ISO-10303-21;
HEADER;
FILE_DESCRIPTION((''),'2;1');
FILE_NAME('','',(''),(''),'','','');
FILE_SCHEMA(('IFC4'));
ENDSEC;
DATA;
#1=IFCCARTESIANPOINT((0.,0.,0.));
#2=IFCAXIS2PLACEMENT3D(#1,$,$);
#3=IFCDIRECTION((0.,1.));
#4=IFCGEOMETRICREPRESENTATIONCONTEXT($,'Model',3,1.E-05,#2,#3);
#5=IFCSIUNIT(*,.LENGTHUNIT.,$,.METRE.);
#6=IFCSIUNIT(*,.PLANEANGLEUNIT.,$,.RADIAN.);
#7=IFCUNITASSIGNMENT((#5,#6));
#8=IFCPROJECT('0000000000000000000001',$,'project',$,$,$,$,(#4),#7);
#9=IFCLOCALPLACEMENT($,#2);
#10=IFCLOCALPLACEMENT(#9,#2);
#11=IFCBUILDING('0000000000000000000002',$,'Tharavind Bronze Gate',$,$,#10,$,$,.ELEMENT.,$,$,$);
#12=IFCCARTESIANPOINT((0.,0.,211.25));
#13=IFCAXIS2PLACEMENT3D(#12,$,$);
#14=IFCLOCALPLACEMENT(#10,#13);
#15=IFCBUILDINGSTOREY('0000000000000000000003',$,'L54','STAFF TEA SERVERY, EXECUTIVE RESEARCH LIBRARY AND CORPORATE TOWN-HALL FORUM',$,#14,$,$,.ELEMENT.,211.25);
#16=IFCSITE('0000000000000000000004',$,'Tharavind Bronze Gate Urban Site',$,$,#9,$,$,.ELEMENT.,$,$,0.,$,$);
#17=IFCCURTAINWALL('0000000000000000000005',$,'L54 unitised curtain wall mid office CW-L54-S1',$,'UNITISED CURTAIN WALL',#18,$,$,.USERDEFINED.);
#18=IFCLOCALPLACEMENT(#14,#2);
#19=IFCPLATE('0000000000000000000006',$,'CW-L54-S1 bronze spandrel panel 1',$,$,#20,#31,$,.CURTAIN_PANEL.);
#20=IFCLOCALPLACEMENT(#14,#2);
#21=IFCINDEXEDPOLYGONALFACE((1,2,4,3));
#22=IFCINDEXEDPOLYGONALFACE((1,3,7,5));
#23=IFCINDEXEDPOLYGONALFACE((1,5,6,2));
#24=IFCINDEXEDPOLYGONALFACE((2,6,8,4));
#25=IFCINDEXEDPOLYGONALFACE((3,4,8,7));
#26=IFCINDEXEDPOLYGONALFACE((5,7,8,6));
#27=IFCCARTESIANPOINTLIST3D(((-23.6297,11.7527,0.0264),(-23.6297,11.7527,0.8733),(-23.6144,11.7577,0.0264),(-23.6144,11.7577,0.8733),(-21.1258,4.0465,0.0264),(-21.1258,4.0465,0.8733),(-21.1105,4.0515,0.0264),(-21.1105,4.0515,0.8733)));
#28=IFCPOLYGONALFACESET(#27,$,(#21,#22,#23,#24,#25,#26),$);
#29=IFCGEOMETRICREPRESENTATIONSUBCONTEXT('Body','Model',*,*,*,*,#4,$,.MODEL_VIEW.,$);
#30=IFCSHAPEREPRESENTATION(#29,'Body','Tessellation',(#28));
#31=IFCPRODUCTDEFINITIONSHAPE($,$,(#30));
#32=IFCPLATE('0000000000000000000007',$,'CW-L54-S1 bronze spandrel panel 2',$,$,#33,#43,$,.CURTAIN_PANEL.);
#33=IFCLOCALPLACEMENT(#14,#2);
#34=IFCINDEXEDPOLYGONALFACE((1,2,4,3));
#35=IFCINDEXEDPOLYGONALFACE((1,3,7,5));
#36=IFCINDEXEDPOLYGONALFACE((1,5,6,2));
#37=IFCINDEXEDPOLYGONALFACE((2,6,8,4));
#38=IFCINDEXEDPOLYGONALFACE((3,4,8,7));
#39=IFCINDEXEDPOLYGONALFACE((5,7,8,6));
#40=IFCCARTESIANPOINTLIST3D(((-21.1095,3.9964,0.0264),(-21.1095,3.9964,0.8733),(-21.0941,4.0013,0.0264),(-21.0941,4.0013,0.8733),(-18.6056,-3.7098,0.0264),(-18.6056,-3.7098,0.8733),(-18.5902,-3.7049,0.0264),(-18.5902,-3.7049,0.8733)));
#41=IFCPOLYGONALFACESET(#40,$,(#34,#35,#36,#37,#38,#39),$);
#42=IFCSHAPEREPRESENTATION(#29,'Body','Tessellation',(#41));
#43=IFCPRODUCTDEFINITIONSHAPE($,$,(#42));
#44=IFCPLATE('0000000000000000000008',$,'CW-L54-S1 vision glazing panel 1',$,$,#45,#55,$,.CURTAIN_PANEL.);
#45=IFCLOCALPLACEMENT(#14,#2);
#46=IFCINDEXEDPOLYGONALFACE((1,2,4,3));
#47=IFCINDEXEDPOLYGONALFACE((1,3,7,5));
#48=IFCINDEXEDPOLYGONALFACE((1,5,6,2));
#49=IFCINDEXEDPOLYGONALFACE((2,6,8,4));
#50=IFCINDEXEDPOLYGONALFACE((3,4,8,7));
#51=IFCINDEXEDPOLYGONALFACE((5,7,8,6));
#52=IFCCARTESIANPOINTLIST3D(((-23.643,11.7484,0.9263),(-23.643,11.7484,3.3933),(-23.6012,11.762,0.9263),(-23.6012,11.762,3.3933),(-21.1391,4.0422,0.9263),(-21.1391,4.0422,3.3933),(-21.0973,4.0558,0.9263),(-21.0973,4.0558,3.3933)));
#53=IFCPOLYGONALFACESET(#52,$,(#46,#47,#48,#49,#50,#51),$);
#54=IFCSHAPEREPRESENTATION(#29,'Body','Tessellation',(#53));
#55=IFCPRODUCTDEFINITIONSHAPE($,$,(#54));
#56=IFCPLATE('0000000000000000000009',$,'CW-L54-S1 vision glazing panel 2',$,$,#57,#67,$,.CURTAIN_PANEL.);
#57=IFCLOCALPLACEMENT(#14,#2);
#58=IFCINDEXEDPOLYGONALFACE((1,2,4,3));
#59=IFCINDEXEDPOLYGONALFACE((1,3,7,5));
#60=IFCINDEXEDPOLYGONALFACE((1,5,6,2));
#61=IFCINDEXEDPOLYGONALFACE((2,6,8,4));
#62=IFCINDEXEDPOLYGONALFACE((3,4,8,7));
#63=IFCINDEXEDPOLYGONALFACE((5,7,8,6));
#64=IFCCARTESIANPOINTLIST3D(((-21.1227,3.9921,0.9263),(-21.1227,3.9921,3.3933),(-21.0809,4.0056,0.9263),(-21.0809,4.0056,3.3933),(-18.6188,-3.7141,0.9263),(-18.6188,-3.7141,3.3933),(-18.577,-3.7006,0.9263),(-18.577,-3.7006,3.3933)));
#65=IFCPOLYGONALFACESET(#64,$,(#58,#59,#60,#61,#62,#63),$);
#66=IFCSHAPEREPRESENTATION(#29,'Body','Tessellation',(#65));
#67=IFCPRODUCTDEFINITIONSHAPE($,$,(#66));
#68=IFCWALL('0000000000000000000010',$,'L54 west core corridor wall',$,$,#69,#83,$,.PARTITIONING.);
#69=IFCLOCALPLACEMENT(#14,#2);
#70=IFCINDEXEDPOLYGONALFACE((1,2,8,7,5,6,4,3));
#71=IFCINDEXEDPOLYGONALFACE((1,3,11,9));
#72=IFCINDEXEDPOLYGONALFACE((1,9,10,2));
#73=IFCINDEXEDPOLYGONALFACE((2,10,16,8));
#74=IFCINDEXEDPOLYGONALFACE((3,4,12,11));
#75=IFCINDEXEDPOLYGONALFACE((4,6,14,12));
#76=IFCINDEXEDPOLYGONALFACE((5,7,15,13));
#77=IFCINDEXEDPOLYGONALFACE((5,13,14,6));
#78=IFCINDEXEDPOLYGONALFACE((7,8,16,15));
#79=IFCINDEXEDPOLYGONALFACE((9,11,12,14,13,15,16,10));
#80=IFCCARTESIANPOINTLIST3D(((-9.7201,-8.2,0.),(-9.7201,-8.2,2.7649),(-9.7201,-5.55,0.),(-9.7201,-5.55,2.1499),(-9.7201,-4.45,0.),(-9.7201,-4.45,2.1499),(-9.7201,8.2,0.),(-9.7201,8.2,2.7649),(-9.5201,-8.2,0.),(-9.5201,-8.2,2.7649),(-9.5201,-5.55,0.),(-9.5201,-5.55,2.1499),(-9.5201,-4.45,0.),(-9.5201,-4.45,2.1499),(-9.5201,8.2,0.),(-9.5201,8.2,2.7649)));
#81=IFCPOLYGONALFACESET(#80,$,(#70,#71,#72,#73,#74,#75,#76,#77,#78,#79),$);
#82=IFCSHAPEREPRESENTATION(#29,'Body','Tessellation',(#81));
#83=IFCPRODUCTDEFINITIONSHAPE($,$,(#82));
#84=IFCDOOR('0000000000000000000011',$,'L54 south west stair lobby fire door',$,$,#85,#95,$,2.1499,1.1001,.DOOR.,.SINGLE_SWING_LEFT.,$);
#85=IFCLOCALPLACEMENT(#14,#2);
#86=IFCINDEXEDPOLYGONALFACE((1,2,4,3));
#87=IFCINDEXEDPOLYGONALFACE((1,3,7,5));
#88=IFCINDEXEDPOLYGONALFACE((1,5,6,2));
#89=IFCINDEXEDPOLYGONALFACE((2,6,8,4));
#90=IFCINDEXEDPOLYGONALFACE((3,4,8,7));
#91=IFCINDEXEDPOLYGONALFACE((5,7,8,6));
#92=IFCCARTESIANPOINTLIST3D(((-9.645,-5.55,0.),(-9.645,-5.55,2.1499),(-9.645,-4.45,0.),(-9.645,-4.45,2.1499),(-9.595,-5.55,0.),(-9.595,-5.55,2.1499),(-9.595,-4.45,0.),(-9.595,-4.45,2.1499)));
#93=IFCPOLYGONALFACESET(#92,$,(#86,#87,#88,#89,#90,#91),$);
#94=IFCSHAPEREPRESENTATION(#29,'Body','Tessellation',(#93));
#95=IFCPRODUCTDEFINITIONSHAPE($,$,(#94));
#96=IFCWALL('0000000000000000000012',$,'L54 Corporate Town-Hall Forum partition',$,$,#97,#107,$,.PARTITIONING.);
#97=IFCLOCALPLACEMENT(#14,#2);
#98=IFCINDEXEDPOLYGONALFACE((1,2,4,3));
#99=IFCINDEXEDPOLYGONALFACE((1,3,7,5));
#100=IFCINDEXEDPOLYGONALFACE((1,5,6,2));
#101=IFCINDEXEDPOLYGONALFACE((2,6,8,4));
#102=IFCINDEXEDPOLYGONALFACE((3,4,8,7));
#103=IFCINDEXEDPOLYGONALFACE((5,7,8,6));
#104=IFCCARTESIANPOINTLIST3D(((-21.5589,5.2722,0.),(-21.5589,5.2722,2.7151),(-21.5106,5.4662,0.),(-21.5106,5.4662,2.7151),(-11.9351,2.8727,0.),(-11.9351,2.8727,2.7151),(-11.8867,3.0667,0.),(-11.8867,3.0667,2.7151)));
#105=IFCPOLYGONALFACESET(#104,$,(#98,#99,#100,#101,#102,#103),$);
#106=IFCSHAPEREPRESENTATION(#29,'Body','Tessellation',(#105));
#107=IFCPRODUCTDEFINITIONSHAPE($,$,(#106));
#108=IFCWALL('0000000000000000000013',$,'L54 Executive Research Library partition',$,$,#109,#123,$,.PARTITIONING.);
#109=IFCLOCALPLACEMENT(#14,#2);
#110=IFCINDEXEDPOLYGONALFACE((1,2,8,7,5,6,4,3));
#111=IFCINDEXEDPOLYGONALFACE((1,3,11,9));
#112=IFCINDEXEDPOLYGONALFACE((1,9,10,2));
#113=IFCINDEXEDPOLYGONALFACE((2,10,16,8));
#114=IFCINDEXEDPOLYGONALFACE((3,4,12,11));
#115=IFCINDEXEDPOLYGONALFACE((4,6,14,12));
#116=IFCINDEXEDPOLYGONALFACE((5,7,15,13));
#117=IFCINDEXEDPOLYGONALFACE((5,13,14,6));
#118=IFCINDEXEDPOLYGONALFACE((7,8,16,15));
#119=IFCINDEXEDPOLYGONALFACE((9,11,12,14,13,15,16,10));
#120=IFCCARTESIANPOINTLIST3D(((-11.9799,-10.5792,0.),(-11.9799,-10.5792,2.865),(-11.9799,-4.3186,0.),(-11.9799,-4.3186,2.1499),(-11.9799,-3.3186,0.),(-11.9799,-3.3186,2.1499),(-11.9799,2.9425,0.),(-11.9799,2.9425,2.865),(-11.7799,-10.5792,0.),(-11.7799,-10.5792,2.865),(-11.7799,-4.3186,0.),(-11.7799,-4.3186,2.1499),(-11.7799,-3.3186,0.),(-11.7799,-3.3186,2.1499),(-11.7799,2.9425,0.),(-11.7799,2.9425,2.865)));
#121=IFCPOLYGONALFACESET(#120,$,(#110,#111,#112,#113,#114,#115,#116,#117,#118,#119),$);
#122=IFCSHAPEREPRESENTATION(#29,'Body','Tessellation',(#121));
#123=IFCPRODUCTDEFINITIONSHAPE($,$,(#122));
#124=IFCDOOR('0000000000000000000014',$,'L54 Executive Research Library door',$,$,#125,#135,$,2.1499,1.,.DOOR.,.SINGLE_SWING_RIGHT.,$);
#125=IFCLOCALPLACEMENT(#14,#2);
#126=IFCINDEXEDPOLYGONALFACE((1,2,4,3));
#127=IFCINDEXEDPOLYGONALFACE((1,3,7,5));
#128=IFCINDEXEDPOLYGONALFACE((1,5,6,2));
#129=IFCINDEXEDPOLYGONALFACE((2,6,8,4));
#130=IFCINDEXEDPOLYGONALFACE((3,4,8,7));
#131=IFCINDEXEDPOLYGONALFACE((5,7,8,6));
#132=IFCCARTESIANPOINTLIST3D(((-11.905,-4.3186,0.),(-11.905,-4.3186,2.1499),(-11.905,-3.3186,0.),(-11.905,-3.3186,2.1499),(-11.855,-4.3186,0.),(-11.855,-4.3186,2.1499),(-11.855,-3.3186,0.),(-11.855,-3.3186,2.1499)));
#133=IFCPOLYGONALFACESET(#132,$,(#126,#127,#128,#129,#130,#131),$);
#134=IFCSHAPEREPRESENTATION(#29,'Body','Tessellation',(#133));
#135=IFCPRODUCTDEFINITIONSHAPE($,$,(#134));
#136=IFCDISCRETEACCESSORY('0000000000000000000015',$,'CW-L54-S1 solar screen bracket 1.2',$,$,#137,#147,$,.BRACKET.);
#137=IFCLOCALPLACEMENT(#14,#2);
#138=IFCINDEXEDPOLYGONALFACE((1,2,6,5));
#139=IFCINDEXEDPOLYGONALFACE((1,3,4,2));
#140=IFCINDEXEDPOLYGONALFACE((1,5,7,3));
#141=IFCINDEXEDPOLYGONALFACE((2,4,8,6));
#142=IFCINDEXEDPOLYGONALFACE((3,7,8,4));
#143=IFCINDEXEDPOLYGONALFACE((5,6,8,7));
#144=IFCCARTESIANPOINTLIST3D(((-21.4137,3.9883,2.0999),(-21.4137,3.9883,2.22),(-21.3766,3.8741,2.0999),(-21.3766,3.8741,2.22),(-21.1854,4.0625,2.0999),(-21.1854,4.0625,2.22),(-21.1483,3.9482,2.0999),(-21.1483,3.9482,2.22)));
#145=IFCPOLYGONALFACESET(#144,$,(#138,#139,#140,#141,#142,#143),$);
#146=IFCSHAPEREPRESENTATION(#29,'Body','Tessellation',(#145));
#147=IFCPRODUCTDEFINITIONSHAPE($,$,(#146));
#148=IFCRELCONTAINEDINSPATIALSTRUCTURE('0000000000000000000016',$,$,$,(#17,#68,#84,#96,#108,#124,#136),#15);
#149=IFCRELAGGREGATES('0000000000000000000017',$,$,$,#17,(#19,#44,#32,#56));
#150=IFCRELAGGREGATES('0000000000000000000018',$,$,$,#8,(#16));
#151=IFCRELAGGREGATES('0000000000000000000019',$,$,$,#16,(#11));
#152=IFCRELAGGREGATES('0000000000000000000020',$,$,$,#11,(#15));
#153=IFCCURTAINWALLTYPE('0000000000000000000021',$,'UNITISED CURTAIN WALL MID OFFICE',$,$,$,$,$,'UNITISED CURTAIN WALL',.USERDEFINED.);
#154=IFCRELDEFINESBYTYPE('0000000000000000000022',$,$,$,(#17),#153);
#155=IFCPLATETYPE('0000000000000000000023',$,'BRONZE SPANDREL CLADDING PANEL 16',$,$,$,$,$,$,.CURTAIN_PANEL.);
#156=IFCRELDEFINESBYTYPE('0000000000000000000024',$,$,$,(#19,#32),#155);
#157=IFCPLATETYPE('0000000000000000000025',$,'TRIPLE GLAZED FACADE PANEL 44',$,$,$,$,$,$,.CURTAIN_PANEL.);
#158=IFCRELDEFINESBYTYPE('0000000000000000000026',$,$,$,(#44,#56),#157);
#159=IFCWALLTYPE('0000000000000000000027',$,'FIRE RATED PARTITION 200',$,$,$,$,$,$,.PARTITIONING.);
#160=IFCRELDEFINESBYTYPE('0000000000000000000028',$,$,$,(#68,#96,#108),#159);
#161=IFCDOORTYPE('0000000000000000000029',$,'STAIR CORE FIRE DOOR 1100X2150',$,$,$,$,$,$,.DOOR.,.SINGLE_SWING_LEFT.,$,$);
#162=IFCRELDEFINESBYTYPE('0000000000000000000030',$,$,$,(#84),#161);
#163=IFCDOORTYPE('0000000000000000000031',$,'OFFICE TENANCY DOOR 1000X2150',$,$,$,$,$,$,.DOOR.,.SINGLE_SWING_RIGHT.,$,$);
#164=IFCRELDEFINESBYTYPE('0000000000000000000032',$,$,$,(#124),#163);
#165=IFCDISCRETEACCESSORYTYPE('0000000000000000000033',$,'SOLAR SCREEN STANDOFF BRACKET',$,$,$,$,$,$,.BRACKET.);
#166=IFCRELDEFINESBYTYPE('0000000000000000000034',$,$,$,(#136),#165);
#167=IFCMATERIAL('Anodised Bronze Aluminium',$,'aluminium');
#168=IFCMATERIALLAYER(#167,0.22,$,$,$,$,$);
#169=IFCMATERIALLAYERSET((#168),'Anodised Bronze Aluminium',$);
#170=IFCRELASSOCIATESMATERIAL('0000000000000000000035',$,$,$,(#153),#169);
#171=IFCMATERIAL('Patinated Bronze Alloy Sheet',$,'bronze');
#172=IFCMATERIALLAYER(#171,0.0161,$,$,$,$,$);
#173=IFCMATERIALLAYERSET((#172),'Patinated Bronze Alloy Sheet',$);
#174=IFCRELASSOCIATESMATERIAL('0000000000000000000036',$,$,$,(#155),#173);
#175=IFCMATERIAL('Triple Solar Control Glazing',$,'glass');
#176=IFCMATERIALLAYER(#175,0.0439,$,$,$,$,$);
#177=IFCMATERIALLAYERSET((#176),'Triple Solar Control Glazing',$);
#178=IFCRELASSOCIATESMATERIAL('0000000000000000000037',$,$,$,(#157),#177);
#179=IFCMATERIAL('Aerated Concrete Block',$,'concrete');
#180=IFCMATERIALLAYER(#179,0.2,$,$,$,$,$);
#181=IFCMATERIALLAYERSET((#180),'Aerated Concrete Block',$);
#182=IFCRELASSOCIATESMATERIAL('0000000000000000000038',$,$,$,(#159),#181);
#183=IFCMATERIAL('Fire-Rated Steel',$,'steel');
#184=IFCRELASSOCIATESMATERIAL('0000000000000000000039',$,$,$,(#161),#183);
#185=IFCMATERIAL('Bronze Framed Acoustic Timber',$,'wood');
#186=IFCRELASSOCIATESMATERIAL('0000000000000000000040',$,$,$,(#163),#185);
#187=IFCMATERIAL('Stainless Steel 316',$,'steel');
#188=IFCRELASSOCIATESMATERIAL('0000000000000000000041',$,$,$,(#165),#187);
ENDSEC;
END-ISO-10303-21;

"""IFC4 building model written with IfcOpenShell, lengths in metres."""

from ifc_helpers import new_model, si_unit, direction, frame, frame_2d, origin, origin_2d, place, context, subcontext, project, spatial, rectangle, extrude, material, layer, layer_set, type_object, element, fill, aggregate, save


model = new_model("IFC4")

# Units and contexts
model_context = context("Model", 3, precision=1e-05, world=origin(), true_north=direction((0.0, 1.0)))
body_context = subcontext(model_context, "Body", "Model", "MODEL_VIEW")
ifc_project = project(units=[si_unit("LENGTHUNIT", "METRE"), si_unit("PLANEANGLEUNIT", "RADIAN")], contexts=[model_context])

# Site, building, storey
site_placement = place(None, origin())
site = spatial("IfcSite", under=ifc_project, at=site_placement, Name="Tharavind Bronze Gate Urban Site", CompositionType="ELEMENT", RefElevation=0.0)
building_placement = place(site_placement, origin())
building = spatial("IfcBuilding", under=site, at=building_placement, Name="Tharavind Bronze Gate", CompositionType="ELEMENT")
storey_placement = place(building_placement, frame((0.0, 0.0, 211.25)))
storey = spatial("IfcBuildingStorey", under=building, at=storey_placement, Name="L54", Description="STAFF TEA SERVERY, EXECUTIVE RESEARCH LIBRARY AND CORPORATE TOWN-HALL FORUM", CompositionType="ELEMENT", Elevation=211.25)

# Curtain wall
ifc_material_1 = material(Name="Anodised Bronze Aluminium", Category="aluminium")
ifc_layer_1 = layer(ifc_material_1, 0.22)
ifc_layer_set_1 = layer_set([ifc_layer_1], Name="Anodised Bronze Aluminium")
curtain_wall_type = type_object("IfcCurtainWallType", Name="UNITISED CURTAIN WALL MID OFFICE", ElementType="UNITISED CURTAIN WALL", PredefinedType="USERDEFINED", material=ifc_layer_set_1)
curtain_wall_placement = place(storey_placement, origin())
curtain_wall = element("IfcCurtainWall", 1, at=curtain_wall_placement, inside=storey, type_object=curtain_wall_type, Name="L54 unitised curtain wall mid office CW-L54-S1", ObjectType="UNITISED CURTAIN WALL", PredefinedType="USERDEFINED")

# Plates
ifc_material_2 = material(Name="Patinated Bronze Alloy Sheet", Category="bronze")
ifc_layer_2 = layer(ifc_material_2, 0.0161)
ifc_layer_set_2 = layer_set([ifc_layer_2], Name="Patinated Bronze Alloy Sheet")
plate_type_1 = type_object("IfcPlateType", Name="BRONZE SPANDREL CLADDING PANEL 16", PredefinedType="CURTAIN_PANEL", material=ifc_layer_set_2)
plate_1_placement = place(storey_placement, frame((-22.3701, 7.9021, 0.0264), z_axis=(0.0, 0.0, 1.0), x_axis=(0.309017, -0.951057, 0.0)))
plate_1 = element("IfcPlate", 2, at=plate_1_placement, type_object=plate_type_1, Name="CW-L54-S1 bronze spandrel panel 1", PredefinedType="CURTAIN_PANEL", context=body_context, shape_type="SweptSolid", body=[
    extrude(rectangle(XDim=8.1028, YDim=0.0161, at=origin_2d()), origin(), (0.0, 0.0, 1.0), 0.8469),
])
plate_2_placement = place(storey_placement, frame((-19.8499, 0.1458, 0.0264), z_axis=(0.0, 0.0, 1.0), x_axis=(0.309017, -0.951057, 0.0)))
plate_2 = element("IfcPlate", 3, at=plate_2_placement, type_object=plate_type_1, Name="CW-L54-S1 bronze spandrel panel 2", PredefinedType="CURTAIN_PANEL", context=body_context, shape_type="SweptSolid", body=[
    extrude(rectangle(XDim=8.1028, YDim=0.0161, at=origin_2d()), origin(), (0.0, 0.0, 1.0), 0.8469),
])
ifc_material_3 = material(Name="Triple Solar Control Glazing", Category="glass")
ifc_layer_3 = layer(ifc_material_3, 0.0439)
ifc_layer_set_3 = layer_set([ifc_layer_3], Name="Triple Solar Control Glazing")
plate_type_2 = type_object("IfcPlateType", Name="TRIPLE GLAZED FACADE PANEL 44", PredefinedType="CURTAIN_PANEL", material=ifc_layer_set_3)
plate_3_placement = place(storey_placement, frame((-22.3701, 7.9021, 0.9263), z_axis=(0.0, 0.0, 1.0), x_axis=(0.309017, -0.951057, 0.0)))
plate_3 = element("IfcPlate", 4, at=plate_3_placement, type_object=plate_type_2, Name="CW-L54-S1 vision glazing panel 1", PredefinedType="CURTAIN_PANEL", context=body_context, shape_type="SweptSolid", body=[
    extrude(rectangle(XDim=8.1028, YDim=0.0439, at=origin_2d()), origin(), (0.0, 0.0, 1.0), 2.467),
])
plate_4_placement = place(storey_placement, frame((-19.8499, 0.1458, 0.9263), z_axis=(0.0, 0.0, 1.0), x_axis=(0.309017, -0.951057, 0.0)))
plate_4 = element("IfcPlate", 5, at=plate_4_placement, type_object=plate_type_2, Name="CW-L54-S1 vision glazing panel 2", PredefinedType="CURTAIN_PANEL", context=body_context, shape_type="SweptSolid", body=[
    extrude(rectangle(XDim=8.1028, YDim=0.0439, at=origin_2d()), origin(), (0.0, 0.0, 1.0), 2.467),
])
aggregate(curtain_wall, [plate_1, plate_3, plate_2, plate_4])

# Wall, opening, door
ifc_material_4 = material(Name="Aerated Concrete Block", Category="concrete")
ifc_layer_4 = layer(ifc_material_4, 0.2)
ifc_layer_set_4 = layer_set([ifc_layer_4], Name="Aerated Concrete Block")
wall_type = type_object("IfcWallType", Name="FIRE RATED PARTITION 200", PredefinedType="PARTITIONING", material=ifc_layer_set_4)
wall_1_placement = place(storey_placement, frame((-9.6201, 8.2, 0.0), z_axis=(0.0, 0.0, 1.0), x_axis=(0.0, -1.0, 0.0)))
wall_1 = element("IfcWall", 6, at=wall_1_placement, inside=storey, type_object=wall_type, Name="L54 west core corridor wall", PredefinedType="PARTITIONING", context=body_context, shape_type="SweptSolid", body=[
    extrude(rectangle(XDim=16.3999, YDim=0.2, at=frame_2d((8.2, 0.0))), origin(), (0.0, 0.0, 1.0), 2.7649),
])
opening_1_placement = place(wall_1_placement, frame((12.6499, 0.0, 0.0)))
opening_1 = element("IfcOpeningElement", 7, at=opening_1_placement, cuts=wall_1, PredefinedType="OPENING", context=body_context, shape_type="SweptSolid", body=[
    extrude(rectangle(XDim=1.1001, YDim=2.1499, at=frame_2d((0.55, 1.075))), frame((0.0, 0.1101, 0.0), z_axis=(0.0, -1.0, 0.0), x_axis=(1.0, 0.0, 0.0)), (0.0, 0.0, 1.0), 0.22),
])
ifc_material_5 = material(Name="Fire-Rated Steel", Category="steel")
door_type_1 = type_object("IfcDoorType", Name="STAIR CORE FIRE DOOR 1100X2150", OperationType="SINGLE_SWING_LEFT", PredefinedType="DOOR", material=ifc_material_5)
door_1_placement = place(opening_1_placement, frame((1.1001, 0.0, 0.0), z_axis=(0.0, 0.0, 1.0), x_axis=(-1.0, 0.0, 0.0)))
door_1 = element("IfcDoor", 8, at=door_1_placement, inside=storey, type_object=door_type_1, Name="L54 south west stair lobby fire door", OperationType="SINGLE_SWING_LEFT", OverallHeight=2.1499, OverallWidth=1.1001, PredefinedType="DOOR", context=body_context, shape_type="SweptSolid", body=[
    extrude(rectangle(XDim=1.1001, YDim=2.1499, at=frame_2d((0.55, 1.075))), frame((0.0, 0.0249, 0.0), z_axis=(0.0, -1.0, 0.0), x_axis=(1.0, 0.0, 0.0)), (0.0, 0.0, 1.0), 0.05),
])
fill(opening_1, door_1)

# Wall
wall_2_placement = place(storey_placement, frame((-11.9109, 2.9697, 0.0), z_axis=(0.0, 0.0, 1.0), x_axis=(-0.970297, 0.241916, 0.0)))
element("IfcWall", 9, at=wall_2_placement, inside=storey, type_object=wall_type, Name="L54 Corporate Town-Hall Forum partition", PredefinedType="PARTITIONING", context=body_context, shape_type="SweptSolid", body=[
    extrude(rectangle(XDim=9.9185, YDim=0.2, at=frame_2d((4.9592, 0.0))), origin(), (0.0, 0.0, 1.0), 2.7151),
])

# Wall, opening, door
wall_3_placement = place(storey_placement, frame((-11.8799, 2.9424, 0.0), z_axis=(0.0, 0.0, 1.0), x_axis=(0.0, -1.0, 0.0)))
wall_3 = element("IfcWall", 10, at=wall_3_placement, inside=storey, type_object=wall_type, Name="L54 Executive Research Library partition", PredefinedType="PARTITIONING", context=body_context, shape_type="SweptSolid", body=[
    extrude(rectangle(XDim=13.5217, YDim=0.2, at=frame_2d((6.7607, 0.0))), origin(), (0.0, 0.0, 1.0), 2.865),
])
opening_2_placement = place(wall_3_placement, frame((6.261, 0.0, 0.0)))
opening_2 = element("IfcOpeningElement", 11, at=opening_2_placement, cuts=wall_3, PredefinedType="OPENING", context=body_context, shape_type="SweptSolid", body=[
    extrude(rectangle(XDim=1.0, YDim=2.1499, at=frame_2d((0.5, 1.075))), frame((0.0, 0.1101, 0.0), z_axis=(0.0, -1.0, 0.0), x_axis=(1.0, 0.0, 0.0)), (0.0, 0.0, 1.0), 0.22),
])
ifc_material_6 = material(Name="Bronze Framed Acoustic Timber", Category="wood")
door_type_2 = type_object("IfcDoorType", Name="OFFICE TENANCY DOOR 1000X2150", OperationType="SINGLE_SWING_RIGHT", PredefinedType="DOOR", material=ifc_material_6)
door_2_placement = place(opening_2_placement, origin())
door_2 = element("IfcDoor", 12, at=door_2_placement, inside=storey, type_object=door_type_2, Name="L54 Executive Research Library door", OperationType="SINGLE_SWING_RIGHT", OverallHeight=2.1499, OverallWidth=1.0, PredefinedType="DOOR", context=body_context, shape_type="SweptSolid", body=[
    extrude(rectangle(XDim=1.0, YDim=2.1499, at=frame_2d((0.5, 1.075))), frame((0.0, 0.0249, 0.0), z_axis=(0.0, -1.0, 0.0), x_axis=(1.0, 0.0, 0.0)), (0.0, 0.0, 1.0), 0.05),
])
fill(opening_2, door_2)

# Discrete accessory
ifc_material_7 = material(Name="Stainless Steel 316", Category="steel")
discrete_accessory_type = type_object("IfcDiscreteAccessoryType", Name="SOLAR SCREEN STANDOFF BRACKET", PredefinedType="BRACKET", material=ifc_material_7)
discrete_accessory_placement = place(storey_placement, frame((-21.281, 3.9683, 2.0999), z_axis=(0.0, 0.0, 1.0), x_axis=(0.309017, -0.951057, 0.0)))
element("IfcDiscreteAccessory", 13, at=discrete_accessory_placement, inside=storey, type_object=discrete_accessory_type, Name="CW-L54-S1 solar screen bracket 1.2", PredefinedType="BRACKET", context=body_context, shape_type="SweptSolid", body=[
    extrude(rectangle(XDim=0.1201, YDim=0.24, at=origin_2d()), origin(), (0.0, 0.0, 1.0), 0.1201),
])

save(model, "model.ifc")
